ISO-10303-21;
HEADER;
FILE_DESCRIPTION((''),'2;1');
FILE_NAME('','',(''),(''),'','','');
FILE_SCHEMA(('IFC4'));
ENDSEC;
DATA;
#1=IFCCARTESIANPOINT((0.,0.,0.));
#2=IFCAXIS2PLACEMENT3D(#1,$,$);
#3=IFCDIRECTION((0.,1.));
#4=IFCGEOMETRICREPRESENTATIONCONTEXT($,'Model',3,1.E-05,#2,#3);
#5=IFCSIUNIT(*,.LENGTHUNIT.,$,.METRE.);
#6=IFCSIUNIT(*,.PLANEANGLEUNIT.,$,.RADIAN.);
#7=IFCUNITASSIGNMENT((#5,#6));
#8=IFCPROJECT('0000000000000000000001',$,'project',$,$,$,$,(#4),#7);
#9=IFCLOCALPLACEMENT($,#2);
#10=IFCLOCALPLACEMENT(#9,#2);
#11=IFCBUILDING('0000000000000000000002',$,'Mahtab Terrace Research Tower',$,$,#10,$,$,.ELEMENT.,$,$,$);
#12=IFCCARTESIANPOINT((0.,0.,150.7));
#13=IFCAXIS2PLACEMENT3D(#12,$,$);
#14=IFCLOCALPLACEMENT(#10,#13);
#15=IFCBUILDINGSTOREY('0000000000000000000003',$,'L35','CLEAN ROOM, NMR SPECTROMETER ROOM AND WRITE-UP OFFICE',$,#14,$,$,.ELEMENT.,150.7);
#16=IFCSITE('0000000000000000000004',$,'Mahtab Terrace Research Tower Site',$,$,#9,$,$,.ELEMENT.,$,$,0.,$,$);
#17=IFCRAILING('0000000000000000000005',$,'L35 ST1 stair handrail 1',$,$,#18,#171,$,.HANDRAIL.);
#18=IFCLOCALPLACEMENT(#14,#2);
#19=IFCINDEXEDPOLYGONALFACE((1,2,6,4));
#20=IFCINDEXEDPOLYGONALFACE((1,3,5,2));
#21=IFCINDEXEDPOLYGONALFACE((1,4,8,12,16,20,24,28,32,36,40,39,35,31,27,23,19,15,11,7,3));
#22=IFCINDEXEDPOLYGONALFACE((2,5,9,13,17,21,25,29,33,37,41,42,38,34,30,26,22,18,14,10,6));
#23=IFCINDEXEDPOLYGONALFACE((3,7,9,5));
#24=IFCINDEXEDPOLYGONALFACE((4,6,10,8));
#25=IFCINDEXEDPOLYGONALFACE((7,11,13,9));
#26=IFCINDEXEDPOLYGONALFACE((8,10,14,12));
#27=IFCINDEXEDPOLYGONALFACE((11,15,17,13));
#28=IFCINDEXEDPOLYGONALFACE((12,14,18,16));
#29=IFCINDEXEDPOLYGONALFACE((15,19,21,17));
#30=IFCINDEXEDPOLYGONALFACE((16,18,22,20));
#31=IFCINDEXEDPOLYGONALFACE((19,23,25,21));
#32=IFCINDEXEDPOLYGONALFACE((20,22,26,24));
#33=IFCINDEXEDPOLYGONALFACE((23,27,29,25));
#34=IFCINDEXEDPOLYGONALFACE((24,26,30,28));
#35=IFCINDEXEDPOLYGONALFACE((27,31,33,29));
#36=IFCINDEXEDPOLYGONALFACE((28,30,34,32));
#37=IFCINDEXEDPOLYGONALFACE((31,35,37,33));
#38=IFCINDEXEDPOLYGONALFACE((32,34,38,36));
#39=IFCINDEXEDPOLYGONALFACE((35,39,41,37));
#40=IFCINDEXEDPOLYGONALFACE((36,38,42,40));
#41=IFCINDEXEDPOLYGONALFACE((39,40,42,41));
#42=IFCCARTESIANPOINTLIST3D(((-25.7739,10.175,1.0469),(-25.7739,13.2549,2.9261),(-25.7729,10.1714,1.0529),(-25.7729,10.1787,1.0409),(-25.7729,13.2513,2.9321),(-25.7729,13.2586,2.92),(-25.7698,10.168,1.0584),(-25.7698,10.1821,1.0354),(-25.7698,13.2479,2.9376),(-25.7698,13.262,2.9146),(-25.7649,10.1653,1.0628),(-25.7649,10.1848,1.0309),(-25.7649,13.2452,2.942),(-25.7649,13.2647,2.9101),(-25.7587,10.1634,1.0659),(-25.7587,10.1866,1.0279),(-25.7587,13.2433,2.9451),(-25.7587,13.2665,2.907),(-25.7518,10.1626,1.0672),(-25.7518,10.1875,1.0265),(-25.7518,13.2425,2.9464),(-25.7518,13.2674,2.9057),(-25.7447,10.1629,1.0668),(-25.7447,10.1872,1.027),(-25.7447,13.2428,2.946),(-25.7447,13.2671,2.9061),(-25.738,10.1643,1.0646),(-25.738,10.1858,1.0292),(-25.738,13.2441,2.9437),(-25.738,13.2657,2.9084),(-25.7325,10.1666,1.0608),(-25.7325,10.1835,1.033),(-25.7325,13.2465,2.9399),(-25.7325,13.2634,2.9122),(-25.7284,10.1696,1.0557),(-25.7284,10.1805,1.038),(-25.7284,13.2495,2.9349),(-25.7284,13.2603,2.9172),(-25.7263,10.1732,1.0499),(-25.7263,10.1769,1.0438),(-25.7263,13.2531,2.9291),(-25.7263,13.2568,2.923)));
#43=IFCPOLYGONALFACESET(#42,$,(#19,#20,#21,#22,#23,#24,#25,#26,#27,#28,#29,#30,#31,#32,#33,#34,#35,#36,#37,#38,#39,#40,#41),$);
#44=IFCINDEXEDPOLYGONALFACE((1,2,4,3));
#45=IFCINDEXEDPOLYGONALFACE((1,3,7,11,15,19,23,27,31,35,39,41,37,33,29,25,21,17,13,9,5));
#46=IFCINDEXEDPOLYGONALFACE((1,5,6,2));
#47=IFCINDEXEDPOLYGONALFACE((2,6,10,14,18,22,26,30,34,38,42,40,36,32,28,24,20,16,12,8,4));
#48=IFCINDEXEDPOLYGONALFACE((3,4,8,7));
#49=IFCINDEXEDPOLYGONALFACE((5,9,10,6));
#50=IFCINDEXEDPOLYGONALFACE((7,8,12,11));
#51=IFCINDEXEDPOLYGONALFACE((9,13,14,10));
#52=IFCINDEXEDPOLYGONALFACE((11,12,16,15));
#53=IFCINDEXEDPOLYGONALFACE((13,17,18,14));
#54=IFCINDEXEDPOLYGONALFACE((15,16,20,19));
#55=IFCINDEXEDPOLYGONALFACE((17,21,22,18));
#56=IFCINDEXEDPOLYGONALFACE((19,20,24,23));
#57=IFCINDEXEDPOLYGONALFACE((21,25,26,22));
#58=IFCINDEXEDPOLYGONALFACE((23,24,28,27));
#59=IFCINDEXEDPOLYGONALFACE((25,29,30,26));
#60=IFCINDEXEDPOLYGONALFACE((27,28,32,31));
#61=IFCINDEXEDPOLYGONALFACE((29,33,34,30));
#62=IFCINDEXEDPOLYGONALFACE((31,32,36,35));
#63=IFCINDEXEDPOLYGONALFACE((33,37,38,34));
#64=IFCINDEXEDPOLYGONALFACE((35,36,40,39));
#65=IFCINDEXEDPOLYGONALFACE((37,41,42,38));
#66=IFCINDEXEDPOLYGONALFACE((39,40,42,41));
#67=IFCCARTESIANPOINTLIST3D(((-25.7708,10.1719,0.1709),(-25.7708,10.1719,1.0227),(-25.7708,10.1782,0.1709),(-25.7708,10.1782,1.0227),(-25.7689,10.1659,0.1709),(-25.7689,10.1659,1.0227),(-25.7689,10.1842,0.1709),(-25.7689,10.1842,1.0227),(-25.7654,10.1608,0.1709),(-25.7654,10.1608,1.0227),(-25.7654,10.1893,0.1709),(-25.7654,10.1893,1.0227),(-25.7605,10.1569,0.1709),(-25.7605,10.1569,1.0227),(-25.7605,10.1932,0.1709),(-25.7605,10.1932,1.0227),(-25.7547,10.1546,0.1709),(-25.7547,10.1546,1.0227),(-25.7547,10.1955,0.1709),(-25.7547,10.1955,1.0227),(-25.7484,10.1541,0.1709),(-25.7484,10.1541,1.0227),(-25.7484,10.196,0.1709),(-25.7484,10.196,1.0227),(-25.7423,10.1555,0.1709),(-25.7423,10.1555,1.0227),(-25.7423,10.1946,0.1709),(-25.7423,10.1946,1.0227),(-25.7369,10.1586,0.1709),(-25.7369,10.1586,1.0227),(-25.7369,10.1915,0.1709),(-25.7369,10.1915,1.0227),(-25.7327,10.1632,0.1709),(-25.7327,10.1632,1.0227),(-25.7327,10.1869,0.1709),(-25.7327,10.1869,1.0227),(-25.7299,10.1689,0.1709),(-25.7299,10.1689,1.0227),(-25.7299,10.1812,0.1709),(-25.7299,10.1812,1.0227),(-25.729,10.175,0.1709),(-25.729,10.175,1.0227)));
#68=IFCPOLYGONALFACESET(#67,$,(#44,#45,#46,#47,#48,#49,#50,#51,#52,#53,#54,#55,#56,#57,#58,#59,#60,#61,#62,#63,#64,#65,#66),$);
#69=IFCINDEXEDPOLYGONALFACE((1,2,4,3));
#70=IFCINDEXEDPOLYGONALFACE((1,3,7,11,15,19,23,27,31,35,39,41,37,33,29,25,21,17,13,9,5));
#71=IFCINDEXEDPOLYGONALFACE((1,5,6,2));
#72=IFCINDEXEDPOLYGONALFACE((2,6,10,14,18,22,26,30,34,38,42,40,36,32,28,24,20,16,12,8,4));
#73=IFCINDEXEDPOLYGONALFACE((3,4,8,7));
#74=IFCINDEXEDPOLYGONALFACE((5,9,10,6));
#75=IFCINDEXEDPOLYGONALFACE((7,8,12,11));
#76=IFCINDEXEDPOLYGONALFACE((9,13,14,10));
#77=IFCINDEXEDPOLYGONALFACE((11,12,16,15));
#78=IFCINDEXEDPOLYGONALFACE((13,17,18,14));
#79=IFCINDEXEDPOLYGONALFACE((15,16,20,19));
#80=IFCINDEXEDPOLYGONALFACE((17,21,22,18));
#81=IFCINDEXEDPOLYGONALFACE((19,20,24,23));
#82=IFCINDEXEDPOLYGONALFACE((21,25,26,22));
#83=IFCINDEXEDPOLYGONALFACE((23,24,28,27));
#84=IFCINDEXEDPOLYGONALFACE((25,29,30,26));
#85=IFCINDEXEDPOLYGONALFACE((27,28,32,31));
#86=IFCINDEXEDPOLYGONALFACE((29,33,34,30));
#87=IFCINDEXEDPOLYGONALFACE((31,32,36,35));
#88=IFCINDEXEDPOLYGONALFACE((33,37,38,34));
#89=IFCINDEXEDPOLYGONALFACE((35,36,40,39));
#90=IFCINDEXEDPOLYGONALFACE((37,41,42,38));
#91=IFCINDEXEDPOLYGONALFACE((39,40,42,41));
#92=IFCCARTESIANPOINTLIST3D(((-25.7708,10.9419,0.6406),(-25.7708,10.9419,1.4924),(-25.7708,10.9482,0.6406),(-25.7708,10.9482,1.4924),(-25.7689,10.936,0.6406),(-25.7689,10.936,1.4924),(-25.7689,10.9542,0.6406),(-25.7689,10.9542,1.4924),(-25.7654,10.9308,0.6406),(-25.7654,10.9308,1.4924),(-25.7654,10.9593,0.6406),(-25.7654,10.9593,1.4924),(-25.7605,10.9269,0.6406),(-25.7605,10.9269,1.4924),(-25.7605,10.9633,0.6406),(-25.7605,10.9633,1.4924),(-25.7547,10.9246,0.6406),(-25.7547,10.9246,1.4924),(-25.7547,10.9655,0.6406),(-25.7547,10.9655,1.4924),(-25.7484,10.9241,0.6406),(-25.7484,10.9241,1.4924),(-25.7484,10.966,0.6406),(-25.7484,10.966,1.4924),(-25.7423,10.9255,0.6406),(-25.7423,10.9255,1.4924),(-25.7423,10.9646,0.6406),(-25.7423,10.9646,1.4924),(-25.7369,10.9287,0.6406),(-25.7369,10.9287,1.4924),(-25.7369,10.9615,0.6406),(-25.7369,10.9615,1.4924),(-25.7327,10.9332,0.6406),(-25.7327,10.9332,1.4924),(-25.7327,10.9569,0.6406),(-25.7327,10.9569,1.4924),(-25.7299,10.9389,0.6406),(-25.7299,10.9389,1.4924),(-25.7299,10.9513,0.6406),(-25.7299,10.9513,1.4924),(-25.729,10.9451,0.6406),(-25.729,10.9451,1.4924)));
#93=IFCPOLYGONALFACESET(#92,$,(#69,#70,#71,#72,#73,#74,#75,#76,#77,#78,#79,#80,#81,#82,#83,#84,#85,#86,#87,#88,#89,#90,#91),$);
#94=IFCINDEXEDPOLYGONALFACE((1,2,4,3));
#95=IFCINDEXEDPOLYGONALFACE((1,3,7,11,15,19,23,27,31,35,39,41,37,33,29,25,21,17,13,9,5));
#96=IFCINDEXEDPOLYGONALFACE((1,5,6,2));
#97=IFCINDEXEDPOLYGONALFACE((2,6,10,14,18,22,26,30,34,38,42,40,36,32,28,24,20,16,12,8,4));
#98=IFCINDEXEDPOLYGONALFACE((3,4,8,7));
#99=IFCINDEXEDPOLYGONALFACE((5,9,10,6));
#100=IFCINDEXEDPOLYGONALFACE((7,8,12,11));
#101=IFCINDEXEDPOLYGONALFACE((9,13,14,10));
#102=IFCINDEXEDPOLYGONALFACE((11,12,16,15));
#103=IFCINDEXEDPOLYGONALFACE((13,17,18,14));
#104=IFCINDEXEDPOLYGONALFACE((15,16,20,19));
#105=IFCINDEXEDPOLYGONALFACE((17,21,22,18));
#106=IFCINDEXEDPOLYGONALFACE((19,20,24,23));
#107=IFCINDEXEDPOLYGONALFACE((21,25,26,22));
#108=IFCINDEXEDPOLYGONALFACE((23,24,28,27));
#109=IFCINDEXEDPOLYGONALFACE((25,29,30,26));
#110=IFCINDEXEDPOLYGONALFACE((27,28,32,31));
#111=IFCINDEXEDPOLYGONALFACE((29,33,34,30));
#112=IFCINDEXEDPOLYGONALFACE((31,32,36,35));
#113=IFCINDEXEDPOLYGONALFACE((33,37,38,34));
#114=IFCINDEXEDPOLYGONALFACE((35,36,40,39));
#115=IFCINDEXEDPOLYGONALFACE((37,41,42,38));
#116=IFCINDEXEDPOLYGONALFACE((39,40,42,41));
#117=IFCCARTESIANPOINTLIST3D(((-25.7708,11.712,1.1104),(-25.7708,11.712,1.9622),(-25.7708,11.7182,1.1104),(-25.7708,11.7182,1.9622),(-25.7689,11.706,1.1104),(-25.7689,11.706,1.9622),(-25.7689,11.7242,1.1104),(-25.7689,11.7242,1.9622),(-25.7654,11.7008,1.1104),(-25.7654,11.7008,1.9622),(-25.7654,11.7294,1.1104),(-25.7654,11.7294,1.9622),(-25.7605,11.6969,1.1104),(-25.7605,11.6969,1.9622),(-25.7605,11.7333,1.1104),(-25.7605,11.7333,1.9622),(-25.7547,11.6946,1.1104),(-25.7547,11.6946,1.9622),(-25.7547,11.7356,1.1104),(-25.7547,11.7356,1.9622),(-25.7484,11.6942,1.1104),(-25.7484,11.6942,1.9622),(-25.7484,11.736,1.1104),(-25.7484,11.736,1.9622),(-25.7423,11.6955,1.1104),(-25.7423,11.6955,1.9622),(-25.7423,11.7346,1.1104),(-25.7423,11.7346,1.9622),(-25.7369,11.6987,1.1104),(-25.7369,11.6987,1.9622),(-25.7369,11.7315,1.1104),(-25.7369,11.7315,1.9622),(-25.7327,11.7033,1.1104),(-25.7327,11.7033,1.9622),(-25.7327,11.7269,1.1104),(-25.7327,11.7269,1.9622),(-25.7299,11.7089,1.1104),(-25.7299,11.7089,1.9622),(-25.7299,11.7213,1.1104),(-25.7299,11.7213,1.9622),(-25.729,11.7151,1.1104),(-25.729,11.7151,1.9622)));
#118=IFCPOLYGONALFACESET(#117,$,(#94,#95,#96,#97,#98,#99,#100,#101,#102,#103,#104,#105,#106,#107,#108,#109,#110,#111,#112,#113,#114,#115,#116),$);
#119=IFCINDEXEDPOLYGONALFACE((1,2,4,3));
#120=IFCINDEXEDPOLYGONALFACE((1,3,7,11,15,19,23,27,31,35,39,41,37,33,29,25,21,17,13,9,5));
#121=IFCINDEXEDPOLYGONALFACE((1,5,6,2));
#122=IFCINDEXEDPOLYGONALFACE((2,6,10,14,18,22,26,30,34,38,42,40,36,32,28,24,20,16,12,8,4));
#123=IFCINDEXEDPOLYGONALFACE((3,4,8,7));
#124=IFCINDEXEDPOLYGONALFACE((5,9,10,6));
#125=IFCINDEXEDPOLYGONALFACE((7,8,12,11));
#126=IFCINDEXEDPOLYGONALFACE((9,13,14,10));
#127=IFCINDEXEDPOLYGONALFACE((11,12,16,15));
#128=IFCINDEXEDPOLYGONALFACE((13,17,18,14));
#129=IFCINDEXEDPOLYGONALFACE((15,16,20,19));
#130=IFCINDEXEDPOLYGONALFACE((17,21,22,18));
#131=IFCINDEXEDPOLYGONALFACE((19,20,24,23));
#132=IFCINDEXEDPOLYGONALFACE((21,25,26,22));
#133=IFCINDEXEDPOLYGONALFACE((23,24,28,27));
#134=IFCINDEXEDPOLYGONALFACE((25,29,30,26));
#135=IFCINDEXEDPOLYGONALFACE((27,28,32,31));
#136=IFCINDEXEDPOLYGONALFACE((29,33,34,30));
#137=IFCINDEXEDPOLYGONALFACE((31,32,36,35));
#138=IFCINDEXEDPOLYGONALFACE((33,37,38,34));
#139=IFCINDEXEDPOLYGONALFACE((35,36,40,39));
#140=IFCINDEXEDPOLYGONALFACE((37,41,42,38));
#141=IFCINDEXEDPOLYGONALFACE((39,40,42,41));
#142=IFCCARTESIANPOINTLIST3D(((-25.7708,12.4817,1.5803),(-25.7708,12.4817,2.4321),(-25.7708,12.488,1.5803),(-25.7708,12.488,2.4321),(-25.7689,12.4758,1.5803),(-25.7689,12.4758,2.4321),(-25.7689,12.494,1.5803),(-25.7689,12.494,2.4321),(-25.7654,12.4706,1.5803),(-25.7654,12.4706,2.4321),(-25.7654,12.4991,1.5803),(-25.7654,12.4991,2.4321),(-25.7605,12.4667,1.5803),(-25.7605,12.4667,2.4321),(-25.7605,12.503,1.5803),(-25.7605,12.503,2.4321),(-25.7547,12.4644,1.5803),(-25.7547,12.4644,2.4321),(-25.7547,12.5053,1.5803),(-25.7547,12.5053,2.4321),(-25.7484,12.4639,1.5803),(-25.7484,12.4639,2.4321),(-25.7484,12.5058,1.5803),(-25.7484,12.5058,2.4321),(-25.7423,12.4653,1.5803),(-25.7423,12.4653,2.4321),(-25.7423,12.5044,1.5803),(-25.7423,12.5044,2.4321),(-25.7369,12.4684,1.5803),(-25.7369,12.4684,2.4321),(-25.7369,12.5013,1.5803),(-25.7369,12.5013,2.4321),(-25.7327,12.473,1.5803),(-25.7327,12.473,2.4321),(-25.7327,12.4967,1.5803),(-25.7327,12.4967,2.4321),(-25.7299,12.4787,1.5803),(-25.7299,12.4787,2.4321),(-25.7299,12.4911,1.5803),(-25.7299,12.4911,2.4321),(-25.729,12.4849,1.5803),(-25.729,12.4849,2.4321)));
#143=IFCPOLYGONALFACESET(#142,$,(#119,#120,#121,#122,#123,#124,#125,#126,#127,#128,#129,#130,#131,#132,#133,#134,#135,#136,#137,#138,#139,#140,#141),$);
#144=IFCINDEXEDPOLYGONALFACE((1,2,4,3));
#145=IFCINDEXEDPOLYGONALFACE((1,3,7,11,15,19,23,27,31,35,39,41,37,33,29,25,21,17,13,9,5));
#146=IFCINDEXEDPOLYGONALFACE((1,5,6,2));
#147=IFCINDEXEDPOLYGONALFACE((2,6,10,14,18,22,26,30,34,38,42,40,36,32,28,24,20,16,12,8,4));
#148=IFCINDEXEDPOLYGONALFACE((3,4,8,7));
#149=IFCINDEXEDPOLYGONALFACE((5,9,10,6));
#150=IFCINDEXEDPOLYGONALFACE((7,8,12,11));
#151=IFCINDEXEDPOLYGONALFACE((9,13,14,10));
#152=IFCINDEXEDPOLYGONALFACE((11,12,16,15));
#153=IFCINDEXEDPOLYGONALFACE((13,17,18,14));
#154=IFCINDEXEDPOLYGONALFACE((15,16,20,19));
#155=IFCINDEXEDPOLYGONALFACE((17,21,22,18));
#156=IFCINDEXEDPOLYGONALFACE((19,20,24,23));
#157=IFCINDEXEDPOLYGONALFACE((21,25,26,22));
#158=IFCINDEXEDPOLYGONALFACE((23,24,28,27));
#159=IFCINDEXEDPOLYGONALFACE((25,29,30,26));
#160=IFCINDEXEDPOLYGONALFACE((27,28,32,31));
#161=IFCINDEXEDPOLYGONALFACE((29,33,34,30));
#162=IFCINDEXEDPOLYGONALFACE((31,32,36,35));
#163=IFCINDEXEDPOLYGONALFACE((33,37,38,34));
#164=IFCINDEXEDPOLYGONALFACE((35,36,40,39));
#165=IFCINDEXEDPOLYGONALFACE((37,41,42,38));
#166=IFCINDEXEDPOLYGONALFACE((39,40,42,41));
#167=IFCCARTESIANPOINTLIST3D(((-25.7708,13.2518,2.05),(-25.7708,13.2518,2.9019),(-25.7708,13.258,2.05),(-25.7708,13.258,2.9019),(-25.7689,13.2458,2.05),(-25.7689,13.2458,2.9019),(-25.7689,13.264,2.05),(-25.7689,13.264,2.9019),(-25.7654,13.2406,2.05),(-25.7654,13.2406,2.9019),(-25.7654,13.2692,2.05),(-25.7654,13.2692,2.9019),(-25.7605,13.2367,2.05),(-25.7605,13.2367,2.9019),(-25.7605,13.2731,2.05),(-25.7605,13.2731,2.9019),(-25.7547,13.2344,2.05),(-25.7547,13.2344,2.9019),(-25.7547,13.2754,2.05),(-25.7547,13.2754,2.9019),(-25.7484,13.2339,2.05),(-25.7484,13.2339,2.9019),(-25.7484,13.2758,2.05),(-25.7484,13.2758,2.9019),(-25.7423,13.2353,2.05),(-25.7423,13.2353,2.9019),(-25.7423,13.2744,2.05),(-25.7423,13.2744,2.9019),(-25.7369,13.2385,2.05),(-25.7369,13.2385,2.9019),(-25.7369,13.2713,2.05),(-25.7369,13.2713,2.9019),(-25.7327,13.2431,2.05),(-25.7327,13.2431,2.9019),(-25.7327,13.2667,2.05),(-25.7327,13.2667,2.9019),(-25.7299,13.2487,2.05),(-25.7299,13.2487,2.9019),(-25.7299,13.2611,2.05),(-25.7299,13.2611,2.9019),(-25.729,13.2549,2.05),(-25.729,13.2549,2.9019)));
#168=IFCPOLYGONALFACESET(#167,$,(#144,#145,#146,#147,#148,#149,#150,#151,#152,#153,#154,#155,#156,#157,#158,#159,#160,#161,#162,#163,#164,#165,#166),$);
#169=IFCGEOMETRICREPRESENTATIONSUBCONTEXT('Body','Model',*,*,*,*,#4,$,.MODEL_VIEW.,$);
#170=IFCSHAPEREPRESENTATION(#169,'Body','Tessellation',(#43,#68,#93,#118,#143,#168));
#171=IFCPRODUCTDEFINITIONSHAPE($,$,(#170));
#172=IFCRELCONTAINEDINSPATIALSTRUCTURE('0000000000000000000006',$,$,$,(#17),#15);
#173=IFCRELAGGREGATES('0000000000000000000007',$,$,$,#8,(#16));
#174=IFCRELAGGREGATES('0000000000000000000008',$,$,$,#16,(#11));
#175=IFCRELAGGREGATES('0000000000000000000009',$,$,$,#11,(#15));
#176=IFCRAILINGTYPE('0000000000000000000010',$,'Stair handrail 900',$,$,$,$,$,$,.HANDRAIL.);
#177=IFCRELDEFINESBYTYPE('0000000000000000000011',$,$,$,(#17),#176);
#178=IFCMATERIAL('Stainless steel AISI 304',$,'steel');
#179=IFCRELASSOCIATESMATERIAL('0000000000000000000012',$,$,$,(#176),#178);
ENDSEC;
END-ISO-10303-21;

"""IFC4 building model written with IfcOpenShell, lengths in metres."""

from ifc_helpers import new_model, si_unit, direction, frame, origin, origin_2d, place, context, subcontext, project, spatial, circle, extrude, material, type_object, element, save


model = new_model("IFC4")

# Units and contexts
model_context = context("Model", 3, precision=1e-05, world=origin(), true_north=direction((0.0, 1.0)))
body_context = subcontext(model_context, "Body", "Model", "MODEL_VIEW")
ifc_project = project(units=[si_unit("LENGTHUNIT", "METRE"), si_unit("PLANEANGLEUNIT", "RADIAN")], contexts=[model_context])

# Site, building, storey
site_placement = place(None, origin())
site = spatial("IfcSite", under=ifc_project, at=site_placement, Name="Mahtab Terrace Research Tower Site", CompositionType="ELEMENT", RefElevation=0.0)
building_placement = place(site_placement, origin())
building = spatial("IfcBuilding", under=site, at=building_placement, Name="Mahtab Terrace Research Tower", CompositionType="ELEMENT")
storey_placement = place(building_placement, frame((0.0, 0.0, 150.7)))
storey = spatial("IfcBuildingStorey", under=building, at=storey_placement, Name="L35", Description="CLEAN ROOM, NMR SPECTROMETER ROOM AND WRITE-UP OFFICE", CompositionType="ELEMENT", Elevation=150.7)

# Shared definitions
ifc_material_1 = material(Name="Stainless steel AISI 304", Category="steel")

# Railing
railing_type = type_object("IfcRailingType", Name="Stair handrail 900", PredefinedType="HANDRAIL", material=ifc_material_1)
railing_placement = place(storey_placement, frame((-25.75, 10.175, 0.1709)))
element("IfcRailing", 1, at=railing_placement, inside=storey, type_object=railing_type, Name="L35 ST1 stair handrail 1", PredefinedType="HANDRAIL", context=body_context, shape_type="SweptSolid", body=[
    extrude(circle(Radius=0.0239, at=origin_2d()), frame((0.0, 0.0, 0.876), z_axis=(0.0, 0.853648, 0.52085), x_axis=(-1.0, 0.0, 0.0)), (0.0, 0.0, 1.0), 3.6079),
    extrude(circle(Radius=0.021, at=origin_2d()), origin(), (0.0, 0.0, 1.0), 0.8518),
    extrude(circle(Radius=0.021, at=origin_2d()), frame((0.0, 0.77, 0.4697)), (0.0, 0.0, 1.0), 0.8518),
    extrude(circle(Radius=0.021, at=origin_2d()), frame((0.0, 1.54, 0.9395)), (0.0, 0.0, 1.0), 0.8518),
    extrude(circle(Radius=0.021, at=origin_2d()), frame((0.0, 2.3098, 1.4094)), (0.0, 0.0, 1.0), 0.8518),
    extrude(circle(Radius=0.021, at=origin_2d()), frame((0.0, 3.0798, 1.8792)), (0.0, 0.0, 1.0), 0.8518),
])

save(model, "model.ifc")
